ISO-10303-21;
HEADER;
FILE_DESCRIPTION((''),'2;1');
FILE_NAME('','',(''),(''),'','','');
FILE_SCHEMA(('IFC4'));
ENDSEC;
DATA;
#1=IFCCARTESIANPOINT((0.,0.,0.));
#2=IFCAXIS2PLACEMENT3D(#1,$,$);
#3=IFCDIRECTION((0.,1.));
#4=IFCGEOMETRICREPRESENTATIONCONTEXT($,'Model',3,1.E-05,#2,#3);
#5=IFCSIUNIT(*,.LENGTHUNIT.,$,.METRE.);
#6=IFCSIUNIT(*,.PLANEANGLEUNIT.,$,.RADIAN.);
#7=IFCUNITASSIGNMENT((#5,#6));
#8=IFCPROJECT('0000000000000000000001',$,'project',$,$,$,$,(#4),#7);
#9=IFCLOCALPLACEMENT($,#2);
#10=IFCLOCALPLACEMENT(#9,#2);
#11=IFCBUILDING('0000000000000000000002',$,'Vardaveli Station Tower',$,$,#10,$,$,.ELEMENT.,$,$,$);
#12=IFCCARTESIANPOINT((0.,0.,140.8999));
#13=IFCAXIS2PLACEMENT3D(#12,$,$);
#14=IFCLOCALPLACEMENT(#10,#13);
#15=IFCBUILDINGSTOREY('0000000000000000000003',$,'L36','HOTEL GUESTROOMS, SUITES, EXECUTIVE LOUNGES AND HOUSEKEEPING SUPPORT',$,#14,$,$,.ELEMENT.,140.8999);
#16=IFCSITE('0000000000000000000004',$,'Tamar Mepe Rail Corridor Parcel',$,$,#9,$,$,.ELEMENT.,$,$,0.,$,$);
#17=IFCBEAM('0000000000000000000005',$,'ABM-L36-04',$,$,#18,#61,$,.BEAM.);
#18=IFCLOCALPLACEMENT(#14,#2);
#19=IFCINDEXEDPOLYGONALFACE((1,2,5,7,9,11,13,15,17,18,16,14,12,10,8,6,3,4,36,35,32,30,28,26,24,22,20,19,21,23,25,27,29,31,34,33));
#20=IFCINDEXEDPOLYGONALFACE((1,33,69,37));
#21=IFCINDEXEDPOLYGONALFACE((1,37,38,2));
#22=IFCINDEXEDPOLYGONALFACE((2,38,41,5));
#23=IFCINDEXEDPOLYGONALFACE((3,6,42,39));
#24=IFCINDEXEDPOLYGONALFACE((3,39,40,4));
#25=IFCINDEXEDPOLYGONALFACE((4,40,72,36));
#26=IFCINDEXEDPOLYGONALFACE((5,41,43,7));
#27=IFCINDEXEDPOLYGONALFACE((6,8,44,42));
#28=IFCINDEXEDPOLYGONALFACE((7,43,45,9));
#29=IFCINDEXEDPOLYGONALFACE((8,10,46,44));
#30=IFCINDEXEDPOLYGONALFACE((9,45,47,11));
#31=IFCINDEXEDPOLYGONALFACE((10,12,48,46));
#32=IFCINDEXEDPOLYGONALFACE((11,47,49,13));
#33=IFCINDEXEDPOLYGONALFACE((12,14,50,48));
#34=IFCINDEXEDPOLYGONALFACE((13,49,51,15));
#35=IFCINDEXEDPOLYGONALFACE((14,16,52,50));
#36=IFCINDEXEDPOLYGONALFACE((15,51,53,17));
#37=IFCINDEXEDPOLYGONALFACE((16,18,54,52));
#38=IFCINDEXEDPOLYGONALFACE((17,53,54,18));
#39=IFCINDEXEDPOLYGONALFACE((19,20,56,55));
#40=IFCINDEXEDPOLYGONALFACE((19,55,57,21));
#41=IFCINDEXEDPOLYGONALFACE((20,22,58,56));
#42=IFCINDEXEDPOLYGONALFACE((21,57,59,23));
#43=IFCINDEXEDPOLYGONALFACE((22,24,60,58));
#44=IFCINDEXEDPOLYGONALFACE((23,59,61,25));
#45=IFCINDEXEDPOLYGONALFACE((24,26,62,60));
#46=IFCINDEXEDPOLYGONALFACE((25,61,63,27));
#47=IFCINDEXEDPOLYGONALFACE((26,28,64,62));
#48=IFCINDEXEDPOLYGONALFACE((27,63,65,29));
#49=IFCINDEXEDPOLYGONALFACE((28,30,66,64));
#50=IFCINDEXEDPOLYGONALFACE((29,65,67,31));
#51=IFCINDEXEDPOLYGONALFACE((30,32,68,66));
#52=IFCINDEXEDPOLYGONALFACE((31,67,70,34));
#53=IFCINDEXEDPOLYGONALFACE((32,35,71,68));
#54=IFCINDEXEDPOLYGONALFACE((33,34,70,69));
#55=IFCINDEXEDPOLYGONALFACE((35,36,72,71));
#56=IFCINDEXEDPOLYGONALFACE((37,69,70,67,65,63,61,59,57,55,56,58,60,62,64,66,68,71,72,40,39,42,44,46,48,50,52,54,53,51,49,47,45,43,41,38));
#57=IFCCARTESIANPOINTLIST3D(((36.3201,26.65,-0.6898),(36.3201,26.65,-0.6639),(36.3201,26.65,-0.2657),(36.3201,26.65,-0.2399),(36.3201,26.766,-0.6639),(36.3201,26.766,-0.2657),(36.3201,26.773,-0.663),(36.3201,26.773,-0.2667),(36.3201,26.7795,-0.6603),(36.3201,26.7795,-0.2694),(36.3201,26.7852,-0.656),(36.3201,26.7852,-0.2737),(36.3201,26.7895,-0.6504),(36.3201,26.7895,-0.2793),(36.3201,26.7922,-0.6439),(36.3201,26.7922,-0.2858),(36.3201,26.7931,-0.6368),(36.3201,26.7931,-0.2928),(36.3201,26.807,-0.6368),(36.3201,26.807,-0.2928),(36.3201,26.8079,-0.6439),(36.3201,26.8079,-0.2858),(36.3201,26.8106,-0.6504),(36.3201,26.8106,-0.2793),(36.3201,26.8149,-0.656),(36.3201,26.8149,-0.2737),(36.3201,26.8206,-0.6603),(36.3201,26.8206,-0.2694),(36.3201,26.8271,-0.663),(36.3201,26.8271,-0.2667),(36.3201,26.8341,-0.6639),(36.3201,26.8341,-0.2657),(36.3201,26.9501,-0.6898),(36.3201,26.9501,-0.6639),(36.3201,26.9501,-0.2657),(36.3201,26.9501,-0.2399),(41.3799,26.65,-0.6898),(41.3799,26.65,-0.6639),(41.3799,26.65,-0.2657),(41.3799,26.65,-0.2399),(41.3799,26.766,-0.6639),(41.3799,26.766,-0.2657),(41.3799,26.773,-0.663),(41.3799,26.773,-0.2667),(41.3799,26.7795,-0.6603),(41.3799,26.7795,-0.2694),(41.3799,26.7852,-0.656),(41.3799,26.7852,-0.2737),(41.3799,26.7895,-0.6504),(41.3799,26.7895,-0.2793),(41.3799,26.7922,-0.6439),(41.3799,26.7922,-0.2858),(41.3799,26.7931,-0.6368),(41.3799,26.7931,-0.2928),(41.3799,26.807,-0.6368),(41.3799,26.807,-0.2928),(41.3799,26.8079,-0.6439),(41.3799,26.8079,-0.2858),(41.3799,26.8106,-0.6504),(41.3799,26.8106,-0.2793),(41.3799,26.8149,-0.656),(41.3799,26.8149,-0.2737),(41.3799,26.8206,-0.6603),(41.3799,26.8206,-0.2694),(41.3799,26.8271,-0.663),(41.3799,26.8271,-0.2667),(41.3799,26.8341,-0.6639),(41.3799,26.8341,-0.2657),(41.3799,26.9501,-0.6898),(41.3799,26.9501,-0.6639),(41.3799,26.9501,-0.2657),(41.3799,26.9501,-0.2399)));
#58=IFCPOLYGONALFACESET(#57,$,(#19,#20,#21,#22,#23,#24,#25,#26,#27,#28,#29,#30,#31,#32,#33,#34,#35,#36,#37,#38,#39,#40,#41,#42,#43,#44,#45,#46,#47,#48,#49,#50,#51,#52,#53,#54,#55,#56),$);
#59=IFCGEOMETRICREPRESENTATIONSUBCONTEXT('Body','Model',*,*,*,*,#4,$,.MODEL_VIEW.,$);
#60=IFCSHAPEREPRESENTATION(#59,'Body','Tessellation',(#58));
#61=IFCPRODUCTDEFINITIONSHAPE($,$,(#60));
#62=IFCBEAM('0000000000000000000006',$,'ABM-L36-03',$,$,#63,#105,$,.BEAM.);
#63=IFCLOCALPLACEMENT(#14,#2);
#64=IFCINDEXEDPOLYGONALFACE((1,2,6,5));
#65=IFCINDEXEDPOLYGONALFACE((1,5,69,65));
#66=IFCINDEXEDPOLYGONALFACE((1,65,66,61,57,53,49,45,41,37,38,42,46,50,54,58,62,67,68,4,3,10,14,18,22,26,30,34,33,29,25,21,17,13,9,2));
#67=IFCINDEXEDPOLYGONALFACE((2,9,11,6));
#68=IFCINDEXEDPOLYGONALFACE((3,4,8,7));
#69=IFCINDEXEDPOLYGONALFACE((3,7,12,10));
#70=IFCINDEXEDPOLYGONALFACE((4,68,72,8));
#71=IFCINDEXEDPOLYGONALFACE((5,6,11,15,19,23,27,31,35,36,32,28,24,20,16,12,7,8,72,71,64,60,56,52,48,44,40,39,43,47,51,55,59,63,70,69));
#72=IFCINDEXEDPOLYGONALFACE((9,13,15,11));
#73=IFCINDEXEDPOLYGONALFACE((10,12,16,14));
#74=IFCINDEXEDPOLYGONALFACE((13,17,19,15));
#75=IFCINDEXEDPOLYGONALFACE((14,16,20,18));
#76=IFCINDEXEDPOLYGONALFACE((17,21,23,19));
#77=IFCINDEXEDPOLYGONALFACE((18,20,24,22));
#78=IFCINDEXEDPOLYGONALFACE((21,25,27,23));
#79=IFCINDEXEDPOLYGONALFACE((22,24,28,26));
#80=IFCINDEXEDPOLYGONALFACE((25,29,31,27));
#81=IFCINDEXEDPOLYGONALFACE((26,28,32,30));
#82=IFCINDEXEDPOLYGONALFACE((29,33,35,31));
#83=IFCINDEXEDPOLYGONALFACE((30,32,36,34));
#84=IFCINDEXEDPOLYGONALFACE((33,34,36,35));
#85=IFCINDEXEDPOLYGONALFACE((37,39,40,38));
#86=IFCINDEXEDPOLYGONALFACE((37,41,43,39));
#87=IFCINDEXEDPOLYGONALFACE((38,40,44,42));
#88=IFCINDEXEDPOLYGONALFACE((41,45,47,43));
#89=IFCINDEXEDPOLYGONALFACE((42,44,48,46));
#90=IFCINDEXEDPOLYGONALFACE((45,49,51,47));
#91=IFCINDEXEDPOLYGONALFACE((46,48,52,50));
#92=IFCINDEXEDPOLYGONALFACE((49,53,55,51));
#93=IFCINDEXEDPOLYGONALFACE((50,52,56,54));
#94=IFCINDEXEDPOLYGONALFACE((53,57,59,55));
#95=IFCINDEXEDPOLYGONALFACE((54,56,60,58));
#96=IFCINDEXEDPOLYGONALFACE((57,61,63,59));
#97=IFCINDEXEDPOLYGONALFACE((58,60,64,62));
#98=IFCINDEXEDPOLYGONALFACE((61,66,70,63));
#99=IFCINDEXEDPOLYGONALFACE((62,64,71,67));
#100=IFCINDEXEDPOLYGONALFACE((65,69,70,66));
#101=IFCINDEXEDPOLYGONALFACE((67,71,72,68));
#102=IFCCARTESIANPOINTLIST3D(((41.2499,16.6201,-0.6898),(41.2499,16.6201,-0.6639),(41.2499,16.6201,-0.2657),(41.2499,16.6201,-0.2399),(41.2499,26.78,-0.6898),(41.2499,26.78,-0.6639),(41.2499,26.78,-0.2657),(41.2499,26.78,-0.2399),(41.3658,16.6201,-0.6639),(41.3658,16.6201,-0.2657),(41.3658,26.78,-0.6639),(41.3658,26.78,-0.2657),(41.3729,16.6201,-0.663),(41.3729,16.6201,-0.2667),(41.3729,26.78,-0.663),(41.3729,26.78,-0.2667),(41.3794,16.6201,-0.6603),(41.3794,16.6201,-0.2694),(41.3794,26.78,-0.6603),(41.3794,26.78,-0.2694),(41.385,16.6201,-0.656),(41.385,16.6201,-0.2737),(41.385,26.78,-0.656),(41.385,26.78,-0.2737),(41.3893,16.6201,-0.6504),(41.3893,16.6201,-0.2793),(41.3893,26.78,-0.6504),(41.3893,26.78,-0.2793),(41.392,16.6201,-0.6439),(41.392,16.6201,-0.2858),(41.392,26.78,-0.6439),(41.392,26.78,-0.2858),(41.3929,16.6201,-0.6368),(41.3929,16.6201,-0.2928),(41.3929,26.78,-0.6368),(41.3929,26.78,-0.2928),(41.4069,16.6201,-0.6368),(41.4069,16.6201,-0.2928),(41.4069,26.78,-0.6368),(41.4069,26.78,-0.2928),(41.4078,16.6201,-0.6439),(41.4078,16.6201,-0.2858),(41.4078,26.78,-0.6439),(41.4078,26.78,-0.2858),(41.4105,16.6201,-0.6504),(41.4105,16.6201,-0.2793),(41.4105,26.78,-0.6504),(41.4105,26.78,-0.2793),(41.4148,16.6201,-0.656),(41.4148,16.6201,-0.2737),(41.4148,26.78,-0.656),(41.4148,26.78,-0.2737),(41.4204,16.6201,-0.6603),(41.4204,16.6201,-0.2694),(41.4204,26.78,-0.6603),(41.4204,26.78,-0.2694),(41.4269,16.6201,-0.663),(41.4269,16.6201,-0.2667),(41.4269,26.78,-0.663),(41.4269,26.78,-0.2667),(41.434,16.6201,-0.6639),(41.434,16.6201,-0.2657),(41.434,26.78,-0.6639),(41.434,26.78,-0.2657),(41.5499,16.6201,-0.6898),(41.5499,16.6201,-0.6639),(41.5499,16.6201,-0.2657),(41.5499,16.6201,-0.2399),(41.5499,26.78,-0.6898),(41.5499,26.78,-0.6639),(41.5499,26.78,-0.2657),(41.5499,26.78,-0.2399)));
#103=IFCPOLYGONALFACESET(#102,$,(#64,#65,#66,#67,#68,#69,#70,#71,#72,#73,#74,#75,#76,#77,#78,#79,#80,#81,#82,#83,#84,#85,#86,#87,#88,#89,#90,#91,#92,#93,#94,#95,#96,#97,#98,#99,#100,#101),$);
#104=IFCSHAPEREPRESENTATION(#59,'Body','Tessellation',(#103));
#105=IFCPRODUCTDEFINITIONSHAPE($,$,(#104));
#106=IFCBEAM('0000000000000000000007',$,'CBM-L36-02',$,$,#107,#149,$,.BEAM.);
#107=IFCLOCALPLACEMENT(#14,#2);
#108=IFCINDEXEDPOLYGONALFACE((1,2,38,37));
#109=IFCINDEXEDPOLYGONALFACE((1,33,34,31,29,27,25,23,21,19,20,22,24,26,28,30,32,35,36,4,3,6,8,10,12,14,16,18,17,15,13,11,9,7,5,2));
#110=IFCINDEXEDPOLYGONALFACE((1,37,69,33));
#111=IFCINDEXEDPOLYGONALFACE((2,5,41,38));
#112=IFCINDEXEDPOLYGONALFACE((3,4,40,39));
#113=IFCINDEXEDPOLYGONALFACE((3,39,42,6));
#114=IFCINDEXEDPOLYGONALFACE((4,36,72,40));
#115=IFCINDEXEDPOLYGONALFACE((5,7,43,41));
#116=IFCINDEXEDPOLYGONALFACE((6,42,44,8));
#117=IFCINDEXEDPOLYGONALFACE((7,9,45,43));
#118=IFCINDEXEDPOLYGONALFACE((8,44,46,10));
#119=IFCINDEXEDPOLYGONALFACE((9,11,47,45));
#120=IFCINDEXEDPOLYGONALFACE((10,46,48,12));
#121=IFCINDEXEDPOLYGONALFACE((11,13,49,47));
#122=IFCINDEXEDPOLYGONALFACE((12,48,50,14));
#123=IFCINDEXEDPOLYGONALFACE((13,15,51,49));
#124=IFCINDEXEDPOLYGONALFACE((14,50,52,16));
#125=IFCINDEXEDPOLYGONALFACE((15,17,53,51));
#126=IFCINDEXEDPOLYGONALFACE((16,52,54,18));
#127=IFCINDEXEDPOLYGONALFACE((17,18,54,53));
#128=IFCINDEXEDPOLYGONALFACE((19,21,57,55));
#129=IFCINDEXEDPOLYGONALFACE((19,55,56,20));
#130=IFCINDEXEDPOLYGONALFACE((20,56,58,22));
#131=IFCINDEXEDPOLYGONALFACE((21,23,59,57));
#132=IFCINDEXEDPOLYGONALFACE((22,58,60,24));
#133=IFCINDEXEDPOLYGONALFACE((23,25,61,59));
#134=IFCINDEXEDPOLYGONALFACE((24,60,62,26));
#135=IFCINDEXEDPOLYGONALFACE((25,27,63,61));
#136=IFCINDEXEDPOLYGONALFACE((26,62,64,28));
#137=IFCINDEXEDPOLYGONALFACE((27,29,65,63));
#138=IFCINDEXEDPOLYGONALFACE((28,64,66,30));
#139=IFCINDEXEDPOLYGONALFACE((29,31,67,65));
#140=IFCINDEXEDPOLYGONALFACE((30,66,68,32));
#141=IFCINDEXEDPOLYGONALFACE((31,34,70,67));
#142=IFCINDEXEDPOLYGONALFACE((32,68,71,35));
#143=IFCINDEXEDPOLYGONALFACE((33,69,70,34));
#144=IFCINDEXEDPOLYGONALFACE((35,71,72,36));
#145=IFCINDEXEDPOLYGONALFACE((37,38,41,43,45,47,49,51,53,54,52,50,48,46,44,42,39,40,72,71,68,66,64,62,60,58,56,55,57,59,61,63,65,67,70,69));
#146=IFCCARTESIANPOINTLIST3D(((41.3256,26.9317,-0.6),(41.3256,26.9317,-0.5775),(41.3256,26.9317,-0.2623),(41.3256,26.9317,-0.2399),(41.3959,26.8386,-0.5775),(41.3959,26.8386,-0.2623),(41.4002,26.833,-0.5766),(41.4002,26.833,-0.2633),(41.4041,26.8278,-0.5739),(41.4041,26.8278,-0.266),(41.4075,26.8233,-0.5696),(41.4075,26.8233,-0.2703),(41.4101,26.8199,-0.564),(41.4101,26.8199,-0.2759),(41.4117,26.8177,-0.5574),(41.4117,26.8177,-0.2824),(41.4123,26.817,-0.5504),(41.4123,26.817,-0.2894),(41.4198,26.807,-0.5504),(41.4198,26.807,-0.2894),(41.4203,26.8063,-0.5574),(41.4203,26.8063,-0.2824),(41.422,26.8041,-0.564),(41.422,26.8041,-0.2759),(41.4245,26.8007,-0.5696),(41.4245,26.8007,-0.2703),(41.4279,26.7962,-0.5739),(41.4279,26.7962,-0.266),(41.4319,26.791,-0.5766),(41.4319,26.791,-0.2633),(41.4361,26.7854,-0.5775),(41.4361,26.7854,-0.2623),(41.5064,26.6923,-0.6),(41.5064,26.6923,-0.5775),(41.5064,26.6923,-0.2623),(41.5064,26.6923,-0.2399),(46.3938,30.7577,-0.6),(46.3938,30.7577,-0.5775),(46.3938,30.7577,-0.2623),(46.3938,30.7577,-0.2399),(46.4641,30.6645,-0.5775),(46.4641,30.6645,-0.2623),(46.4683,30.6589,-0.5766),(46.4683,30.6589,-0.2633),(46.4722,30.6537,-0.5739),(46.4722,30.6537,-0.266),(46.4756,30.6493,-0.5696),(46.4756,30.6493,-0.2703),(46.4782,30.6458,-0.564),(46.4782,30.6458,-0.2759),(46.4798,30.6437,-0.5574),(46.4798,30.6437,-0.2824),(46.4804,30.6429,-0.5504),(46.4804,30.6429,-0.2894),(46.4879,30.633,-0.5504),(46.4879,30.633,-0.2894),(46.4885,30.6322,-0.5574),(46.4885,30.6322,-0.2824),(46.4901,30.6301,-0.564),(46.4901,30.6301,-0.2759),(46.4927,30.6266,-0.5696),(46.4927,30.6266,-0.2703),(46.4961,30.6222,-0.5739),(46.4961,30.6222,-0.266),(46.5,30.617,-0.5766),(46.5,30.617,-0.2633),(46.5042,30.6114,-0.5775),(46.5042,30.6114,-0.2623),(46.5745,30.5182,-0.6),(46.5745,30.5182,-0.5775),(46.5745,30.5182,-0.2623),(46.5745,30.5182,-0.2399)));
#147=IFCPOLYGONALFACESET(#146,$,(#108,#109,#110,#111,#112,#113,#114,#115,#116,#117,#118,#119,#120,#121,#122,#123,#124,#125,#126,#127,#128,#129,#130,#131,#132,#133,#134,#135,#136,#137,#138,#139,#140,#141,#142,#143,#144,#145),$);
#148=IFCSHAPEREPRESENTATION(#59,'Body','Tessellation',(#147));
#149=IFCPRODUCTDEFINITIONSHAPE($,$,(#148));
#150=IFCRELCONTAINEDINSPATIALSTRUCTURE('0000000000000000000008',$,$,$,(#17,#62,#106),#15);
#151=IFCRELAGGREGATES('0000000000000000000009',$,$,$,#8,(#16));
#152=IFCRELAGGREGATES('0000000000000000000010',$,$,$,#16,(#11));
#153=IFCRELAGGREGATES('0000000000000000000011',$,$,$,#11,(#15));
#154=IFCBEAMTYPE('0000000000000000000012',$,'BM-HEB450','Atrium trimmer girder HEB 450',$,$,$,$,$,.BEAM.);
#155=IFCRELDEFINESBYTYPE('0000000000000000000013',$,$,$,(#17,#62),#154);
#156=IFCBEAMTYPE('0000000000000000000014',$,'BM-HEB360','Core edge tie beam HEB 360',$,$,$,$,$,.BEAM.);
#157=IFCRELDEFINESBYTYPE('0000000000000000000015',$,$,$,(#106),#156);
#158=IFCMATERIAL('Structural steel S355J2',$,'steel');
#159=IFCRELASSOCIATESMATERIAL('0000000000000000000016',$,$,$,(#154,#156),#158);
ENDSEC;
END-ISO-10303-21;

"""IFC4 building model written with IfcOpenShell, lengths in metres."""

from ifc_helpers import new_model, si_unit, direction, frame, origin, origin_2d, place, context, subcontext, project, spatial, i_section, extrude, source, transform, mapped, material, material_profile, profile_set, type_object, element, save


model = new_model("IFC4")

# Units and contexts
model_context = context("Model", 3, precision=1e-05, world=origin(), true_north=direction((0.0, 1.0)))
body_context = subcontext(model_context, "Body", "Model", "MODEL_VIEW")
ifc_project = project(units=[si_unit("LENGTHUNIT", "METRE"), si_unit("PLANEANGLEUNIT", "RADIAN")], contexts=[model_context])

# Site, building, storey
site_placement = place(None, origin())
site = spatial("IfcSite", under=ifc_project, at=site_placement, Name="Tamar Mepe Rail Corridor Parcel", CompositionType="ELEMENT", RefElevation=0.0)
building_placement = place(site_placement, origin())
building = spatial("IfcBuilding", under=site, at=building_placement, Name="Vardaveli Station Tower", CompositionType="ELEMENT")
storey_placement = place(building_placement, frame((0.0, 0.0, 140.8999)))
storey = spatial("IfcBuildingStorey", under=building, at=storey_placement, Name="L36", Description="HOTEL GUESTROOMS, SUITES, EXECUTIVE LOUNGES AND HOUSEKEEPING SUPPORT", CompositionType="ELEMENT", Elevation=140.8999)

# Beams
ifc_material_1 = material(Name="Structural steel S355J2", Category="steel")
ifc_material_profile_1 = material_profile(ifc_material_1, i_section(OverallWidth=0.3, OverallDepth=0.45, WebThickness=0.0139, FlangeThickness=0.0259, FilletRadius=0.0271, at=origin_2d()), Name="HEB 450")
ifc_profile_set_1 = profile_set([ifc_material_profile_1], Name="Structural steel S355J2")
beam_type_1 = type_object("IfcBeamType", Name="BM-HEB450", Description="Atrium trimmer girder HEB 450", PredefinedType="BEAM", material=ifc_profile_set_1)
shared_shape_1 = source(origin(), body_context, "Body", "SweptSolid", [
    extrude(i_section(OverallWidth=0.3, OverallDepth=0.45, WebThickness=0.0139, FlangeThickness=0.0259, FilletRadius=0.0271, at=origin_2d()), origin(), (0.0, 0.0, 1.0), 5.0598),
])
beam_1_placement = place(storey_placement, frame((41.3799, 26.8, -0.4648), z_axis=(-1.0, 0.0, 0.0), x_axis=(0.0, -1.0, 0.0)))
element("IfcBeam", 1, at=beam_1_placement, inside=storey, type_object=beam_type_1, Name="ABM-L36-04", PredefinedType="BEAM", context=body_context, shape_type="MappedRepresentation", body=[
    mapped(shared_shape_1, transform((0.0, 0.0, 0.0), scale=1.0)),
])
shared_shape_2 = source(origin(), body_context, "Body", "SweptSolid", [
    extrude(i_section(OverallWidth=0.3, OverallDepth=0.45, WebThickness=0.0139, FlangeThickness=0.0259, FilletRadius=0.0271, at=origin_2d()), origin(), (0.0, 0.0, 1.0), 10.1599),
])
beam_2_placement = place(storey_placement, frame((41.3999, 16.6201, -0.4648), z_axis=(0.0, 1.0, 0.0), x_axis=(-1.0, 0.0, 0.0)))
element("IfcBeam", 2, at=beam_2_placement, inside=storey, type_object=beam_type_1, Name="ABM-L36-03", PredefinedType="BEAM", context=body_context, shape_type="MappedRepresentation", body=[
    mapped(shared_shape_2, transform((0.0, 0.0, 0.0), scale=1.0)),
])
ifc_material_profile_2 = material_profile(ifc_material_1, i_section(OverallWidth=0.3, OverallDepth=0.3601, WebThickness=0.0125, FlangeThickness=0.0225, FilletRadius=0.0271, at=origin_2d()), Name="HEB 360")
ifc_profile_set_2 = profile_set([ifc_material_profile_2], Name="Structural steel S355J2")
beam_type_2 = type_object("IfcBeamType", Name="BM-HEB360", Description="Core edge tie beam HEB 360", PredefinedType="BEAM", material=ifc_profile_set_2)
shared_shape_3 = source(origin(), body_context, "Body", "SweptSolid", [
    extrude(i_section(OverallWidth=0.3, OverallDepth=0.3601, WebThickness=0.0125, FlangeThickness=0.0225, FilletRadius=0.0271, at=origin_2d()), origin(), (0.0, 0.0, 1.0), 6.3501),
])
beam_3_placement = place(storey_placement, frame((41.416, 26.812, -0.4199), z_axis=(0.798118, 0.602501, 0.0), x_axis=(-0.602501, 0.798118, 0.0)))
element("IfcBeam", 3, at=beam_3_placement, inside=storey, type_object=beam_type_2, Name="CBM-L36-02", PredefinedType="BEAM", context=body_context, shape_type="MappedRepresentation", body=[
    mapped(shared_shape_3, transform((0.0, 0.0, 0.0), scale=1.0)),
])

save(model, "model.ifc")
